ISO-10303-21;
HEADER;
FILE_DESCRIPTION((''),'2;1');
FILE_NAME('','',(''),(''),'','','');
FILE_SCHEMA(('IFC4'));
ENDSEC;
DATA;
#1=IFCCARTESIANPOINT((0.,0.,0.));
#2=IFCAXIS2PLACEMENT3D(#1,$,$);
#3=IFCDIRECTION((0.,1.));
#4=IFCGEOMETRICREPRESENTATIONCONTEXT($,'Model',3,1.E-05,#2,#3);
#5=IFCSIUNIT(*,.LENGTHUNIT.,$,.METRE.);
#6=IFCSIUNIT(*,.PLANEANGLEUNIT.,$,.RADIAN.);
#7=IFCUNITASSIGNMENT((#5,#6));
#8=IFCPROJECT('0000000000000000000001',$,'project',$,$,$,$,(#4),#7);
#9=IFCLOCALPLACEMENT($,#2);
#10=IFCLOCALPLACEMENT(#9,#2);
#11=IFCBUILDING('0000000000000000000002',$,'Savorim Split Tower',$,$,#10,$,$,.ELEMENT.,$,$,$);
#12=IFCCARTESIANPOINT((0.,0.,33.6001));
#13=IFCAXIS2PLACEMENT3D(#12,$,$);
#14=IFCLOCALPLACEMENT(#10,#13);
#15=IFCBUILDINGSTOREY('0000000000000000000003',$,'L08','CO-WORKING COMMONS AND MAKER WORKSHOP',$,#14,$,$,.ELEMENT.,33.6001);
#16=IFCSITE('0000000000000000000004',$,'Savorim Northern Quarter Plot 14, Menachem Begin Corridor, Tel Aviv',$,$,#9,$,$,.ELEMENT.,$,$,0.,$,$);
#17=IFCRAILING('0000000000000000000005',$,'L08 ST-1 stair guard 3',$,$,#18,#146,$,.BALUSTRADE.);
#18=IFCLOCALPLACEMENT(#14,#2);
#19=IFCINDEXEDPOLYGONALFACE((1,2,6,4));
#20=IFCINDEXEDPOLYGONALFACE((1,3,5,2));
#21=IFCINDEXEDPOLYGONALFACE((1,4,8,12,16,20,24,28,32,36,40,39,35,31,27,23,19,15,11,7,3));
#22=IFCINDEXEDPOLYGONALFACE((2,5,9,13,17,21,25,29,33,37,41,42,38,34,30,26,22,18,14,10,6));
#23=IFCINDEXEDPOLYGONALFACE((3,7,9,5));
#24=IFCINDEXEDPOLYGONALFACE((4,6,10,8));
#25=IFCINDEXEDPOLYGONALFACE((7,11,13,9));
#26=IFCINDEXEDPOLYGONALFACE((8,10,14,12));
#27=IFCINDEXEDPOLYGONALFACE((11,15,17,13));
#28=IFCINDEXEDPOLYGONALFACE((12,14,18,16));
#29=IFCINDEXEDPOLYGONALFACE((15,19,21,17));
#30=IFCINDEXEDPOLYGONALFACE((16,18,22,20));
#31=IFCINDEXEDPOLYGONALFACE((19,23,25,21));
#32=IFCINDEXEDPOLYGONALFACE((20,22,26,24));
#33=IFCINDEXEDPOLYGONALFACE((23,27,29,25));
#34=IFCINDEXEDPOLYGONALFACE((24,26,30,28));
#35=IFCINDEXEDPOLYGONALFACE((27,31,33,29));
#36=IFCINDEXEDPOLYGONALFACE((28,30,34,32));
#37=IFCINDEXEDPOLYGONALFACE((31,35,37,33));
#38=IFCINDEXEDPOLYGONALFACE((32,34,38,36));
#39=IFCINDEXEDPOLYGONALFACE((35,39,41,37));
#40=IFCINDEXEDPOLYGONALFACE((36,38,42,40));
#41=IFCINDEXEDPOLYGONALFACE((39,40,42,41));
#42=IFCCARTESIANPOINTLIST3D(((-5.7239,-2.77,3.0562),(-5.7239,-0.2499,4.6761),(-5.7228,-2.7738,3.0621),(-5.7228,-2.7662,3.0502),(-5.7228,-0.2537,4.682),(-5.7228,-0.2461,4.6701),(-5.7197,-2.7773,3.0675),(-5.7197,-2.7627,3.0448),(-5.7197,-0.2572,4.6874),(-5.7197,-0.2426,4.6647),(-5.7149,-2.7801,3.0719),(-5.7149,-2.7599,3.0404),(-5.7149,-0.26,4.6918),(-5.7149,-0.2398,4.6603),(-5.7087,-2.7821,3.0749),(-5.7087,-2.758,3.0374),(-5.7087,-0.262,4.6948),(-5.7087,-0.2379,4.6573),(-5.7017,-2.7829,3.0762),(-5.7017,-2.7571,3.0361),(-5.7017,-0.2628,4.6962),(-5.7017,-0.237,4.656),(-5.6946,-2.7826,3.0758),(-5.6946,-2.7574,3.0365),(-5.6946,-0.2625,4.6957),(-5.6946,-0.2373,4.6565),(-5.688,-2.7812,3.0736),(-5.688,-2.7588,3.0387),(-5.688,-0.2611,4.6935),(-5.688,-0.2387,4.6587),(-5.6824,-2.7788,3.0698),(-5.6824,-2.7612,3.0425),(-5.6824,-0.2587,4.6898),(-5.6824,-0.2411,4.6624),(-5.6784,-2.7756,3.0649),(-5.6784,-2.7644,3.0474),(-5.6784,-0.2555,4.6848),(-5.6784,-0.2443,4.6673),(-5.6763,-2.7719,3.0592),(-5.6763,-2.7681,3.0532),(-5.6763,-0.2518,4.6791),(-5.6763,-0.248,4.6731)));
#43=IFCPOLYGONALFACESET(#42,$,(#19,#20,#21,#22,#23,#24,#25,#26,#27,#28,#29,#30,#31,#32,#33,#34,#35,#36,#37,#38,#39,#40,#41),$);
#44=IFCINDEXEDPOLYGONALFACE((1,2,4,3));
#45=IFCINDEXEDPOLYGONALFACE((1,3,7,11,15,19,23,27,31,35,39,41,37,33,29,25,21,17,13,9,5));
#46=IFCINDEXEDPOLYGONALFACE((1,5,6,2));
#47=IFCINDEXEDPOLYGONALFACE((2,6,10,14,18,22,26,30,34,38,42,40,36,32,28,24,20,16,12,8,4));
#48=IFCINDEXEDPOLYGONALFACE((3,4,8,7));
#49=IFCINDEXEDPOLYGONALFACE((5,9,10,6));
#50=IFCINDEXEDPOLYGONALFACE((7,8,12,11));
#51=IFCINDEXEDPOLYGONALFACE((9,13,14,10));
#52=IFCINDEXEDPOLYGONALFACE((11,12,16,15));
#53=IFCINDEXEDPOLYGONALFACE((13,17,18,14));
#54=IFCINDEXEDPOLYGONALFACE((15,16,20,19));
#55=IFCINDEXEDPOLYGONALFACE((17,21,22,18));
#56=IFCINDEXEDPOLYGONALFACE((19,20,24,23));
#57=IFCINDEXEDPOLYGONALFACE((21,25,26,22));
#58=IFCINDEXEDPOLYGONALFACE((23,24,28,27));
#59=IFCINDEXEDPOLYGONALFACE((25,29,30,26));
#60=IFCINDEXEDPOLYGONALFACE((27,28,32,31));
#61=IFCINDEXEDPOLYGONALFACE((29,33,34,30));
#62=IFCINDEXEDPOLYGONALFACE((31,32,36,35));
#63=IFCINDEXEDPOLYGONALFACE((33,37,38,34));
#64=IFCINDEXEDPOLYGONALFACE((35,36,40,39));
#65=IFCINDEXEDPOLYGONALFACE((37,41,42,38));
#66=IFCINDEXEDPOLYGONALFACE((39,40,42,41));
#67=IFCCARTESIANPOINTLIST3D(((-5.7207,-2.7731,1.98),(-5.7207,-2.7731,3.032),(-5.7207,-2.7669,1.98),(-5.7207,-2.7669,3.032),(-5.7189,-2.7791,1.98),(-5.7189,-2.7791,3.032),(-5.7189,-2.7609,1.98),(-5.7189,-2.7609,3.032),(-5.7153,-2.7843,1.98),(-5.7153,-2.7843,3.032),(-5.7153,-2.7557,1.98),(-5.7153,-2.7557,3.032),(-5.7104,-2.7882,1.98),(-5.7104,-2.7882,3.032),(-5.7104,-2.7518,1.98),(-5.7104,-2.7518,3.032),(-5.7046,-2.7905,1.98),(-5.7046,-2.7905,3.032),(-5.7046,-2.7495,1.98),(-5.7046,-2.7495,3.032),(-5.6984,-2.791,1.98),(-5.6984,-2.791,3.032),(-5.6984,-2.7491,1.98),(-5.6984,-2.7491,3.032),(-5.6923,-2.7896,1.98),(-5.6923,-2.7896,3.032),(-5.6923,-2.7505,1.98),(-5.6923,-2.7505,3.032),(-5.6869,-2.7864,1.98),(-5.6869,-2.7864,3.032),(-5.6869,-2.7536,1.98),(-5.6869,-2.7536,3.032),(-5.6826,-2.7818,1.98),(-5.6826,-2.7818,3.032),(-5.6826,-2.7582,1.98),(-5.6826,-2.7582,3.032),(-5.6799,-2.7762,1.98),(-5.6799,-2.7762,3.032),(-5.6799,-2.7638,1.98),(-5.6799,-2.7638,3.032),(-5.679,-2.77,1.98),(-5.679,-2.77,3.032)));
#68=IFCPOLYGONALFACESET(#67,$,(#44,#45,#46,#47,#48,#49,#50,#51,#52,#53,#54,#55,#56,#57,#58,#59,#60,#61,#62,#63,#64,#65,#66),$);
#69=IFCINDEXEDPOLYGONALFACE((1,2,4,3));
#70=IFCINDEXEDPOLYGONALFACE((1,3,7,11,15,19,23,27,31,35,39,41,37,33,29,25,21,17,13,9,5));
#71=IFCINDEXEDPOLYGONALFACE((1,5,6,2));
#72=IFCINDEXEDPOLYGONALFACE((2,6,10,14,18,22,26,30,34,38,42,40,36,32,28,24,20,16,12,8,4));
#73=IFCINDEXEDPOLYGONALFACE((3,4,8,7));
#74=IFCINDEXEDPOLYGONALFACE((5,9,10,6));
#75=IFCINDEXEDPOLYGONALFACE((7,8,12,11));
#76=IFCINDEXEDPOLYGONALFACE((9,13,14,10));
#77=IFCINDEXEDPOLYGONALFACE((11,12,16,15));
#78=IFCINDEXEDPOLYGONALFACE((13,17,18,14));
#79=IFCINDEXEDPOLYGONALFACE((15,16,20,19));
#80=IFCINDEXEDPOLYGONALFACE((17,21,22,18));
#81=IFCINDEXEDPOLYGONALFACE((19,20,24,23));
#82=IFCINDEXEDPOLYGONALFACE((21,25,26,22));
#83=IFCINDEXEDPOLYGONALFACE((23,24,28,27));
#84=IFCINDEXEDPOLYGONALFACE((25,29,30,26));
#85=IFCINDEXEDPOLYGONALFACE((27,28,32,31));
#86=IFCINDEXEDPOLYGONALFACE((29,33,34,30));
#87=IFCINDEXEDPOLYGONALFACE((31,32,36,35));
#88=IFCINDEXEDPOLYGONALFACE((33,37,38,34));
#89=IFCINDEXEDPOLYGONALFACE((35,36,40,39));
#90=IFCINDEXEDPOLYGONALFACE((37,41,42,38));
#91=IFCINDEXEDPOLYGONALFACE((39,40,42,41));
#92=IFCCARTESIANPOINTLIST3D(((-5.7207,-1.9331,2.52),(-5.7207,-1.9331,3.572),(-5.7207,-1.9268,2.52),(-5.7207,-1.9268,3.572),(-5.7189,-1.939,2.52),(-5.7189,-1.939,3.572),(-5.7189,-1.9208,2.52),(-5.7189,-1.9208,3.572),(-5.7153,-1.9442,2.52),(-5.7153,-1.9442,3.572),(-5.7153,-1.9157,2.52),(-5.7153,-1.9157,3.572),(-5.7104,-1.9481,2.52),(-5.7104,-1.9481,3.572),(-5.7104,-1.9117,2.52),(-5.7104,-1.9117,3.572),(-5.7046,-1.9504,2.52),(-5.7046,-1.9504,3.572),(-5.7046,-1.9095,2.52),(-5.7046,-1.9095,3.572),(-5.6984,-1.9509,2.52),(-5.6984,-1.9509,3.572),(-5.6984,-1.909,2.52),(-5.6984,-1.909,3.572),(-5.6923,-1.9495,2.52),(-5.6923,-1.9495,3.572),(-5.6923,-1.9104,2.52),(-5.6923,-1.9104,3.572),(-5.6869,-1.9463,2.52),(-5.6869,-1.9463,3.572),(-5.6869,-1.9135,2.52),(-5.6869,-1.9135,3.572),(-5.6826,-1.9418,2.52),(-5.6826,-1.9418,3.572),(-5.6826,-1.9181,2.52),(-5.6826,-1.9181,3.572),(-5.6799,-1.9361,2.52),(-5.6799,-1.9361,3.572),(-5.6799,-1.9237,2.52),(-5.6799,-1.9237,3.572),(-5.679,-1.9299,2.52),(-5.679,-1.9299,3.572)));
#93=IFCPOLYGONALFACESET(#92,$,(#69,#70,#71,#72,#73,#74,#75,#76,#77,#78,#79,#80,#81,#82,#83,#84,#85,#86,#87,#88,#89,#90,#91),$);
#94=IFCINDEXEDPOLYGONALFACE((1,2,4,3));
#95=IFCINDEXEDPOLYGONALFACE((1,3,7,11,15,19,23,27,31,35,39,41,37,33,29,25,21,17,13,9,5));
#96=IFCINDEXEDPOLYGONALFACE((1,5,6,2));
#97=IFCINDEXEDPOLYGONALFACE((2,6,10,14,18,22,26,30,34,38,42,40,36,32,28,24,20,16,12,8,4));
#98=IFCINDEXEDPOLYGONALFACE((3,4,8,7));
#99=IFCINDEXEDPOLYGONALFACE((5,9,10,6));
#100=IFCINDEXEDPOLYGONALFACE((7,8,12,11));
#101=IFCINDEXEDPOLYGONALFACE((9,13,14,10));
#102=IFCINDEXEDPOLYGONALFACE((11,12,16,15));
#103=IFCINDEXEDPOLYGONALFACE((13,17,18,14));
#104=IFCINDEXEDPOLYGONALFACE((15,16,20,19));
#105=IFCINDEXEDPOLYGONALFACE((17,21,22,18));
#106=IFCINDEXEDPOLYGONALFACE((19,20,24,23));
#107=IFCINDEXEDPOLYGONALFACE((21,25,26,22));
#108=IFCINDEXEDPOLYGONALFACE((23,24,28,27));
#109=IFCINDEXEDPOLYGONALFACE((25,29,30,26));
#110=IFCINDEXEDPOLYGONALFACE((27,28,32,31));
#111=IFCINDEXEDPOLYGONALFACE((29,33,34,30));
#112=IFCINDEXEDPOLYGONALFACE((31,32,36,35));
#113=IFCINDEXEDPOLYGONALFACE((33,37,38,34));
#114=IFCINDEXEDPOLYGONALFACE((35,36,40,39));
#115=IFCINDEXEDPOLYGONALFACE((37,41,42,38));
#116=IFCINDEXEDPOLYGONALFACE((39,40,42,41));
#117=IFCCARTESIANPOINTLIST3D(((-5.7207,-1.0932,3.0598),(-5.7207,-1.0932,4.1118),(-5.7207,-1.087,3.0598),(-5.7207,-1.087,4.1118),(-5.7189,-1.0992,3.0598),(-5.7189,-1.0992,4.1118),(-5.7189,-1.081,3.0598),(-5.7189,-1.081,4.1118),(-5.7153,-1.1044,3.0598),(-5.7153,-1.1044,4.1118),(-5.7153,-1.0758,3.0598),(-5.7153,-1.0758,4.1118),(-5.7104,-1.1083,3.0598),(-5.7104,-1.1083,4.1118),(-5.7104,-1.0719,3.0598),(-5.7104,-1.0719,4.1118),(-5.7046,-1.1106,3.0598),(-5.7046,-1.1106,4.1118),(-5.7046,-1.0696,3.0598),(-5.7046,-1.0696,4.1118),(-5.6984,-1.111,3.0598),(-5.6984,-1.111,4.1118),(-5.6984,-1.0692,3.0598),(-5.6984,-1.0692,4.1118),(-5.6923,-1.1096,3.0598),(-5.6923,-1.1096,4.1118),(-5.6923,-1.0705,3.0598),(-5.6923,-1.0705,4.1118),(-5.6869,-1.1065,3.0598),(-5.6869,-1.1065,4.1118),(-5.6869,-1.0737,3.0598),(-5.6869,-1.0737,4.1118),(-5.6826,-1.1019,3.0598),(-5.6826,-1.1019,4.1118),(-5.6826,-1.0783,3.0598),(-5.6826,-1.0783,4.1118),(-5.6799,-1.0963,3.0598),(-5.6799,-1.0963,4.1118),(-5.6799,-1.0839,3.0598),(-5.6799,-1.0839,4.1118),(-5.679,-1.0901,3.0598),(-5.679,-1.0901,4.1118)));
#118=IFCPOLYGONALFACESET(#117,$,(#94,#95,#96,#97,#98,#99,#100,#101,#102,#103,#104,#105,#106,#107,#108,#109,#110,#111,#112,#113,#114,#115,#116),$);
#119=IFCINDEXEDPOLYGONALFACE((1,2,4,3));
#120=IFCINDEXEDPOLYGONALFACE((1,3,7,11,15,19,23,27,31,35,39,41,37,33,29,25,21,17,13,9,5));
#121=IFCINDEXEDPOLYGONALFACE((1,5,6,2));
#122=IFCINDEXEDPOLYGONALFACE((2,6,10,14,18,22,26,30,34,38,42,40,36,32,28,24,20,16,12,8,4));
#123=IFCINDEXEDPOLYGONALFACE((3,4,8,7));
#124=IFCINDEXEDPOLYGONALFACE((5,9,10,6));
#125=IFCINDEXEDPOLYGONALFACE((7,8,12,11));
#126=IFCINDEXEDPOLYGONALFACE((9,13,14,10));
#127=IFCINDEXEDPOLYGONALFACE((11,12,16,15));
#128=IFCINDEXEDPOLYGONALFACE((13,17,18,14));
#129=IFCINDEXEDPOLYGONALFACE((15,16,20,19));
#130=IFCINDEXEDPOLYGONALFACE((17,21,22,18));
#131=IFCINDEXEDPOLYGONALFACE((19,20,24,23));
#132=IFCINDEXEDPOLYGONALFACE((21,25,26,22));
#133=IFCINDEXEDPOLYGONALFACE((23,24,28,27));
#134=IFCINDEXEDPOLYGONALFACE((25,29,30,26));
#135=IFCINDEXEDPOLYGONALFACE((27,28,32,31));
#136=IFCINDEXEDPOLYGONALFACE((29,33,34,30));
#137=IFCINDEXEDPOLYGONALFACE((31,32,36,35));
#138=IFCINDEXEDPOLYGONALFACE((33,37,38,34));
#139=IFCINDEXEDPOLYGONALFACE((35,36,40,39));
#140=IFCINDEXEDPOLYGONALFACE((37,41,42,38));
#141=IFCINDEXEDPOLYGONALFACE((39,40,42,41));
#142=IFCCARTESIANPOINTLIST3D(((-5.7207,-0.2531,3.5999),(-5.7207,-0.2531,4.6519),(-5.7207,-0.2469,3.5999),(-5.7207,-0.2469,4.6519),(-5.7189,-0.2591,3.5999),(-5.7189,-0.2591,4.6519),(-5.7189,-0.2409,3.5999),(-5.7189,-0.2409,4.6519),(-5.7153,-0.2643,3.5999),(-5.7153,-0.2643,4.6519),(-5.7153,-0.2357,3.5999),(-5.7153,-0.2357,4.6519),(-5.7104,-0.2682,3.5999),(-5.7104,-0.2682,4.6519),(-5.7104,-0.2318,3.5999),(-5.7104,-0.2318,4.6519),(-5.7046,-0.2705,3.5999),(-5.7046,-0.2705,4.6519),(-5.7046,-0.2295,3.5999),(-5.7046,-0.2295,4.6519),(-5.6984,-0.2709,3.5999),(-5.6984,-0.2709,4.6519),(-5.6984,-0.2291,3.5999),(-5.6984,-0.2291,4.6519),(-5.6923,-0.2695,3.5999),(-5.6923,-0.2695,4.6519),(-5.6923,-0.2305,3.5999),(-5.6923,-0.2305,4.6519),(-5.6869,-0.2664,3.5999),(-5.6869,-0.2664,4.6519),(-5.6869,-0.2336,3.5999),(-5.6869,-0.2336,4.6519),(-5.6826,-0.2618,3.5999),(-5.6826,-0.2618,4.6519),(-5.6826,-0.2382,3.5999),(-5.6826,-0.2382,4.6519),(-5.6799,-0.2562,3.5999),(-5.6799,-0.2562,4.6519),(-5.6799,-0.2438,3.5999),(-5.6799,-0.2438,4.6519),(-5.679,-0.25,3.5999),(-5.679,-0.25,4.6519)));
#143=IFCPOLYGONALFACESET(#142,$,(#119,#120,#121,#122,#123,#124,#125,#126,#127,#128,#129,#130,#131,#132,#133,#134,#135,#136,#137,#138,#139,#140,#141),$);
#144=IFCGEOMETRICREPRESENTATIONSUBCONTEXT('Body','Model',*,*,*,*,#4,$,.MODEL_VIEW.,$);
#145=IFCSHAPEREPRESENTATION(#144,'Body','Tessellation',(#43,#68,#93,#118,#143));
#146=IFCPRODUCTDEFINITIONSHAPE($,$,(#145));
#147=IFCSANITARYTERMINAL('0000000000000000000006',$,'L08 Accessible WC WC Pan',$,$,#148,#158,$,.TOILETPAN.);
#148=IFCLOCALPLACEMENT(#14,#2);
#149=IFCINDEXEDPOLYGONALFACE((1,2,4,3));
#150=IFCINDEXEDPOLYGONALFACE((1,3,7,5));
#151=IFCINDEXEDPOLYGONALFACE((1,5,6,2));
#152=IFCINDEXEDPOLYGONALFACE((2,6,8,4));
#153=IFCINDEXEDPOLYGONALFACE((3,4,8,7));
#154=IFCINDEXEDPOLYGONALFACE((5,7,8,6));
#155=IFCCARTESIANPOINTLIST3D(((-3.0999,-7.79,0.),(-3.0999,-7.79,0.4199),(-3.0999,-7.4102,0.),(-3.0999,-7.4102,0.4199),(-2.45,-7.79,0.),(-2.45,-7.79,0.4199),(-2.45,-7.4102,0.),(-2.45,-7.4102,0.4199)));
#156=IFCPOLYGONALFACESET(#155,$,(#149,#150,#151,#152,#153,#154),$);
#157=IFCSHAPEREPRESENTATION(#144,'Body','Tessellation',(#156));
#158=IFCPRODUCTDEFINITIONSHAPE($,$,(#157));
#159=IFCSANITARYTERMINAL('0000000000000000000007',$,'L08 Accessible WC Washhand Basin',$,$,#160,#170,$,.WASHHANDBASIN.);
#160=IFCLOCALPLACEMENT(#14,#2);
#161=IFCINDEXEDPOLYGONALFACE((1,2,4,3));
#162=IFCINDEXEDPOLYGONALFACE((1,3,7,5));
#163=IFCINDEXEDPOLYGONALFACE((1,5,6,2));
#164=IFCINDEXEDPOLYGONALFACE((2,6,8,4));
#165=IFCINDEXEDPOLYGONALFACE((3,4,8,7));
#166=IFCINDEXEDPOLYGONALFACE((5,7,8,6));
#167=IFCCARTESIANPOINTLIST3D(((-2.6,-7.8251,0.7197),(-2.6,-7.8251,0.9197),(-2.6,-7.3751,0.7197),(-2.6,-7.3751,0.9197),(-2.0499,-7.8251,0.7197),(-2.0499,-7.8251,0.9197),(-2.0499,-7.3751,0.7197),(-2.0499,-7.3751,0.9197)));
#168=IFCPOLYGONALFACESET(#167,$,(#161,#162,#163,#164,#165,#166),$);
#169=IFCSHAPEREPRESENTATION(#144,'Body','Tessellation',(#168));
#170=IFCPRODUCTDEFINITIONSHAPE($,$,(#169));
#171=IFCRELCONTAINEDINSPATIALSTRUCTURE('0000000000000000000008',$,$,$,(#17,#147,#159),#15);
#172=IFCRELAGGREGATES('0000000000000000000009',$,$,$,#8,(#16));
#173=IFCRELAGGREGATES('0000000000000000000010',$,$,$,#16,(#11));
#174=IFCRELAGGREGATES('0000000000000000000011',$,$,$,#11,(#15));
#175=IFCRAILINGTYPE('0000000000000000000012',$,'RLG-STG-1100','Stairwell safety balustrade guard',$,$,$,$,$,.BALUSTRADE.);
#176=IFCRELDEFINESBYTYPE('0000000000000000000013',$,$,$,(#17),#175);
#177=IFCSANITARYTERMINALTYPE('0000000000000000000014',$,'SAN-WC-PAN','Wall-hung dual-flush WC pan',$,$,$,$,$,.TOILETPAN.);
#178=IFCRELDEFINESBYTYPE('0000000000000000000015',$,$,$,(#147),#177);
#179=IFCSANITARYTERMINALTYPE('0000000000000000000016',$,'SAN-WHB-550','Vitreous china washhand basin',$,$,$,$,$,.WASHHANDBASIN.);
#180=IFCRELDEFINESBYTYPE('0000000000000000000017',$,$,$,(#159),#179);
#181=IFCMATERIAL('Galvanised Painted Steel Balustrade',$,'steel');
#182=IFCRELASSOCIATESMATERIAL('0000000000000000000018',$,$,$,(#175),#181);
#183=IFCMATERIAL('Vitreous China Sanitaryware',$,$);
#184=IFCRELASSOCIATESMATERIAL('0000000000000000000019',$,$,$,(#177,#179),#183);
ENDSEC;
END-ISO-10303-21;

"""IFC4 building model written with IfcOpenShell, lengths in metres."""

from ifc_helpers import new_model, si_unit, direction, frame, origin, origin_2d, place, context, subcontext, project, spatial, rectangle, circle, extrude, material, type_object, element, save


model = new_model("IFC4")

# Units and contexts
model_context = context("Model", 3, precision=1e-05, world=origin(), true_north=direction((0.0, 1.0)))
body_context = subcontext(model_context, "Body", "Model", "MODEL_VIEW")
ifc_project = project(units=[si_unit("LENGTHUNIT", "METRE"), si_unit("PLANEANGLEUNIT", "RADIAN")], contexts=[model_context])

# Site, building, storey
site_placement = place(None, origin())
site = spatial("IfcSite", under=ifc_project, at=site_placement, Name="Savorim Northern Quarter Plot 14, Menachem Begin Corridor, Tel Aviv", CompositionType="ELEMENT", RefElevation=0.0)
building_placement = place(site_placement, origin())
building = spatial("IfcBuilding", under=site, at=building_placement, Name="Savorim Split Tower", CompositionType="ELEMENT")
storey_placement = place(building_placement, frame((0.0, 0.0, 33.6001)))
storey = spatial("IfcBuildingStorey", under=building, at=storey_placement, Name="L08", Description="CO-WORKING COMMONS AND MAKER WORKSHOP", CompositionType="ELEMENT", Elevation=33.6001)

# Railing
ifc_material_1 = material(Name="Galvanised Painted Steel Balustrade", Category="steel")
railing_type_1 = type_object("IfcRailingType", Name="RLG-STG-1100", Description="Stairwell safety balustrade guard", PredefinedType="BALUSTRADE", material=ifc_material_1)
railing_1_placement = place(storey_placement, frame((-5.7, -2.77, 1.98)))
element("IfcRailing", 1, at=railing_1_placement, inside=storey, type_object=railing_type_1, Name="L08 ST-1 stair guard 3", PredefinedType="BALUSTRADE", context=body_context, shape_type="SweptSolid", body=[
    extrude(circle(Radius=0.0239, at=origin_2d()), frame((0.0, 0.0, 1.0762), z_axis=(0.0, 0.8412, 0.540725), x_axis=(-1.0, 0.0, 0.0)), (0.0, 0.0, 1.0), 2.9958),
    extrude(circle(Radius=0.021, at=origin_2d()), origin(), (0.0, 0.0, 1.0), 1.052),
    extrude(circle(Radius=0.021, at=origin_2d()), frame((0.0, 0.8401, 0.54)), (0.0, 0.0, 1.0), 1.052),
    extrude(circle(Radius=0.021, at=origin_2d()), frame((0.0, 1.6799, 1.0798)), (0.0, 0.0, 1.0), 1.052),
    extrude(circle(Radius=0.021, at=origin_2d()), frame((0.0, 2.52, 1.6199)), (0.0, 0.0, 1.0), 1.052),
])

# Sanitary terminals
ifc_material_2 = material(Name="Vitreous China Sanitaryware")
sanitary_terminal_type_1 = type_object("IfcSanitaryTerminalType", Name="SAN-WC-PAN", Description="Wall-hung dual-flush WC pan", PredefinedType="TOILETPAN", material=ifc_material_2)
sanitary_terminal_1_placement = place(storey_placement, frame((-2.7749, -7.6001, 0.0), z_axis=(0.0, 0.0, 1.0), x_axis=(1.0, 0.0, 0.0)))
element("IfcSanitaryTerminal", 2, at=sanitary_terminal_1_placement, inside=storey, type_object=sanitary_terminal_type_1, Name="L08 Accessible WC WC Pan", PredefinedType="TOILETPAN", context=body_context, shape_type="SweptSolid", body=[
    extrude(rectangle(XDim=0.6499, YDim=0.3799, at=origin_2d()), origin(), (0.0, 0.0, 1.0), 0.4199),
])
sanitary_terminal_type_2 = type_object("IfcSanitaryTerminalType", Name="SAN-WHB-550", Description="Vitreous china washhand basin", PredefinedType="WASHHANDBASIN", material=ifc_material_2)
sanitary_terminal_2_placement = place(storey_placement, frame((-2.325, -7.6001, 0.7197), z_axis=(0.0, 0.0, 1.0), x_axis=(1.0, 0.0, 0.0)))
element("IfcSanitaryTerminal", 3, at=sanitary_terminal_2_placement, inside=storey, type_object=sanitary_terminal_type_2, Name="L08 Accessible WC Washhand Basin", PredefinedType="WASHHANDBASIN", context=body_context, shape_type="SweptSolid", body=[
    extrude(rectangle(XDim=0.55, YDim=0.45, at=origin_2d()), origin(), (0.0, 0.0, 1.0), 0.2),
])

save(model, "model.ifc")
